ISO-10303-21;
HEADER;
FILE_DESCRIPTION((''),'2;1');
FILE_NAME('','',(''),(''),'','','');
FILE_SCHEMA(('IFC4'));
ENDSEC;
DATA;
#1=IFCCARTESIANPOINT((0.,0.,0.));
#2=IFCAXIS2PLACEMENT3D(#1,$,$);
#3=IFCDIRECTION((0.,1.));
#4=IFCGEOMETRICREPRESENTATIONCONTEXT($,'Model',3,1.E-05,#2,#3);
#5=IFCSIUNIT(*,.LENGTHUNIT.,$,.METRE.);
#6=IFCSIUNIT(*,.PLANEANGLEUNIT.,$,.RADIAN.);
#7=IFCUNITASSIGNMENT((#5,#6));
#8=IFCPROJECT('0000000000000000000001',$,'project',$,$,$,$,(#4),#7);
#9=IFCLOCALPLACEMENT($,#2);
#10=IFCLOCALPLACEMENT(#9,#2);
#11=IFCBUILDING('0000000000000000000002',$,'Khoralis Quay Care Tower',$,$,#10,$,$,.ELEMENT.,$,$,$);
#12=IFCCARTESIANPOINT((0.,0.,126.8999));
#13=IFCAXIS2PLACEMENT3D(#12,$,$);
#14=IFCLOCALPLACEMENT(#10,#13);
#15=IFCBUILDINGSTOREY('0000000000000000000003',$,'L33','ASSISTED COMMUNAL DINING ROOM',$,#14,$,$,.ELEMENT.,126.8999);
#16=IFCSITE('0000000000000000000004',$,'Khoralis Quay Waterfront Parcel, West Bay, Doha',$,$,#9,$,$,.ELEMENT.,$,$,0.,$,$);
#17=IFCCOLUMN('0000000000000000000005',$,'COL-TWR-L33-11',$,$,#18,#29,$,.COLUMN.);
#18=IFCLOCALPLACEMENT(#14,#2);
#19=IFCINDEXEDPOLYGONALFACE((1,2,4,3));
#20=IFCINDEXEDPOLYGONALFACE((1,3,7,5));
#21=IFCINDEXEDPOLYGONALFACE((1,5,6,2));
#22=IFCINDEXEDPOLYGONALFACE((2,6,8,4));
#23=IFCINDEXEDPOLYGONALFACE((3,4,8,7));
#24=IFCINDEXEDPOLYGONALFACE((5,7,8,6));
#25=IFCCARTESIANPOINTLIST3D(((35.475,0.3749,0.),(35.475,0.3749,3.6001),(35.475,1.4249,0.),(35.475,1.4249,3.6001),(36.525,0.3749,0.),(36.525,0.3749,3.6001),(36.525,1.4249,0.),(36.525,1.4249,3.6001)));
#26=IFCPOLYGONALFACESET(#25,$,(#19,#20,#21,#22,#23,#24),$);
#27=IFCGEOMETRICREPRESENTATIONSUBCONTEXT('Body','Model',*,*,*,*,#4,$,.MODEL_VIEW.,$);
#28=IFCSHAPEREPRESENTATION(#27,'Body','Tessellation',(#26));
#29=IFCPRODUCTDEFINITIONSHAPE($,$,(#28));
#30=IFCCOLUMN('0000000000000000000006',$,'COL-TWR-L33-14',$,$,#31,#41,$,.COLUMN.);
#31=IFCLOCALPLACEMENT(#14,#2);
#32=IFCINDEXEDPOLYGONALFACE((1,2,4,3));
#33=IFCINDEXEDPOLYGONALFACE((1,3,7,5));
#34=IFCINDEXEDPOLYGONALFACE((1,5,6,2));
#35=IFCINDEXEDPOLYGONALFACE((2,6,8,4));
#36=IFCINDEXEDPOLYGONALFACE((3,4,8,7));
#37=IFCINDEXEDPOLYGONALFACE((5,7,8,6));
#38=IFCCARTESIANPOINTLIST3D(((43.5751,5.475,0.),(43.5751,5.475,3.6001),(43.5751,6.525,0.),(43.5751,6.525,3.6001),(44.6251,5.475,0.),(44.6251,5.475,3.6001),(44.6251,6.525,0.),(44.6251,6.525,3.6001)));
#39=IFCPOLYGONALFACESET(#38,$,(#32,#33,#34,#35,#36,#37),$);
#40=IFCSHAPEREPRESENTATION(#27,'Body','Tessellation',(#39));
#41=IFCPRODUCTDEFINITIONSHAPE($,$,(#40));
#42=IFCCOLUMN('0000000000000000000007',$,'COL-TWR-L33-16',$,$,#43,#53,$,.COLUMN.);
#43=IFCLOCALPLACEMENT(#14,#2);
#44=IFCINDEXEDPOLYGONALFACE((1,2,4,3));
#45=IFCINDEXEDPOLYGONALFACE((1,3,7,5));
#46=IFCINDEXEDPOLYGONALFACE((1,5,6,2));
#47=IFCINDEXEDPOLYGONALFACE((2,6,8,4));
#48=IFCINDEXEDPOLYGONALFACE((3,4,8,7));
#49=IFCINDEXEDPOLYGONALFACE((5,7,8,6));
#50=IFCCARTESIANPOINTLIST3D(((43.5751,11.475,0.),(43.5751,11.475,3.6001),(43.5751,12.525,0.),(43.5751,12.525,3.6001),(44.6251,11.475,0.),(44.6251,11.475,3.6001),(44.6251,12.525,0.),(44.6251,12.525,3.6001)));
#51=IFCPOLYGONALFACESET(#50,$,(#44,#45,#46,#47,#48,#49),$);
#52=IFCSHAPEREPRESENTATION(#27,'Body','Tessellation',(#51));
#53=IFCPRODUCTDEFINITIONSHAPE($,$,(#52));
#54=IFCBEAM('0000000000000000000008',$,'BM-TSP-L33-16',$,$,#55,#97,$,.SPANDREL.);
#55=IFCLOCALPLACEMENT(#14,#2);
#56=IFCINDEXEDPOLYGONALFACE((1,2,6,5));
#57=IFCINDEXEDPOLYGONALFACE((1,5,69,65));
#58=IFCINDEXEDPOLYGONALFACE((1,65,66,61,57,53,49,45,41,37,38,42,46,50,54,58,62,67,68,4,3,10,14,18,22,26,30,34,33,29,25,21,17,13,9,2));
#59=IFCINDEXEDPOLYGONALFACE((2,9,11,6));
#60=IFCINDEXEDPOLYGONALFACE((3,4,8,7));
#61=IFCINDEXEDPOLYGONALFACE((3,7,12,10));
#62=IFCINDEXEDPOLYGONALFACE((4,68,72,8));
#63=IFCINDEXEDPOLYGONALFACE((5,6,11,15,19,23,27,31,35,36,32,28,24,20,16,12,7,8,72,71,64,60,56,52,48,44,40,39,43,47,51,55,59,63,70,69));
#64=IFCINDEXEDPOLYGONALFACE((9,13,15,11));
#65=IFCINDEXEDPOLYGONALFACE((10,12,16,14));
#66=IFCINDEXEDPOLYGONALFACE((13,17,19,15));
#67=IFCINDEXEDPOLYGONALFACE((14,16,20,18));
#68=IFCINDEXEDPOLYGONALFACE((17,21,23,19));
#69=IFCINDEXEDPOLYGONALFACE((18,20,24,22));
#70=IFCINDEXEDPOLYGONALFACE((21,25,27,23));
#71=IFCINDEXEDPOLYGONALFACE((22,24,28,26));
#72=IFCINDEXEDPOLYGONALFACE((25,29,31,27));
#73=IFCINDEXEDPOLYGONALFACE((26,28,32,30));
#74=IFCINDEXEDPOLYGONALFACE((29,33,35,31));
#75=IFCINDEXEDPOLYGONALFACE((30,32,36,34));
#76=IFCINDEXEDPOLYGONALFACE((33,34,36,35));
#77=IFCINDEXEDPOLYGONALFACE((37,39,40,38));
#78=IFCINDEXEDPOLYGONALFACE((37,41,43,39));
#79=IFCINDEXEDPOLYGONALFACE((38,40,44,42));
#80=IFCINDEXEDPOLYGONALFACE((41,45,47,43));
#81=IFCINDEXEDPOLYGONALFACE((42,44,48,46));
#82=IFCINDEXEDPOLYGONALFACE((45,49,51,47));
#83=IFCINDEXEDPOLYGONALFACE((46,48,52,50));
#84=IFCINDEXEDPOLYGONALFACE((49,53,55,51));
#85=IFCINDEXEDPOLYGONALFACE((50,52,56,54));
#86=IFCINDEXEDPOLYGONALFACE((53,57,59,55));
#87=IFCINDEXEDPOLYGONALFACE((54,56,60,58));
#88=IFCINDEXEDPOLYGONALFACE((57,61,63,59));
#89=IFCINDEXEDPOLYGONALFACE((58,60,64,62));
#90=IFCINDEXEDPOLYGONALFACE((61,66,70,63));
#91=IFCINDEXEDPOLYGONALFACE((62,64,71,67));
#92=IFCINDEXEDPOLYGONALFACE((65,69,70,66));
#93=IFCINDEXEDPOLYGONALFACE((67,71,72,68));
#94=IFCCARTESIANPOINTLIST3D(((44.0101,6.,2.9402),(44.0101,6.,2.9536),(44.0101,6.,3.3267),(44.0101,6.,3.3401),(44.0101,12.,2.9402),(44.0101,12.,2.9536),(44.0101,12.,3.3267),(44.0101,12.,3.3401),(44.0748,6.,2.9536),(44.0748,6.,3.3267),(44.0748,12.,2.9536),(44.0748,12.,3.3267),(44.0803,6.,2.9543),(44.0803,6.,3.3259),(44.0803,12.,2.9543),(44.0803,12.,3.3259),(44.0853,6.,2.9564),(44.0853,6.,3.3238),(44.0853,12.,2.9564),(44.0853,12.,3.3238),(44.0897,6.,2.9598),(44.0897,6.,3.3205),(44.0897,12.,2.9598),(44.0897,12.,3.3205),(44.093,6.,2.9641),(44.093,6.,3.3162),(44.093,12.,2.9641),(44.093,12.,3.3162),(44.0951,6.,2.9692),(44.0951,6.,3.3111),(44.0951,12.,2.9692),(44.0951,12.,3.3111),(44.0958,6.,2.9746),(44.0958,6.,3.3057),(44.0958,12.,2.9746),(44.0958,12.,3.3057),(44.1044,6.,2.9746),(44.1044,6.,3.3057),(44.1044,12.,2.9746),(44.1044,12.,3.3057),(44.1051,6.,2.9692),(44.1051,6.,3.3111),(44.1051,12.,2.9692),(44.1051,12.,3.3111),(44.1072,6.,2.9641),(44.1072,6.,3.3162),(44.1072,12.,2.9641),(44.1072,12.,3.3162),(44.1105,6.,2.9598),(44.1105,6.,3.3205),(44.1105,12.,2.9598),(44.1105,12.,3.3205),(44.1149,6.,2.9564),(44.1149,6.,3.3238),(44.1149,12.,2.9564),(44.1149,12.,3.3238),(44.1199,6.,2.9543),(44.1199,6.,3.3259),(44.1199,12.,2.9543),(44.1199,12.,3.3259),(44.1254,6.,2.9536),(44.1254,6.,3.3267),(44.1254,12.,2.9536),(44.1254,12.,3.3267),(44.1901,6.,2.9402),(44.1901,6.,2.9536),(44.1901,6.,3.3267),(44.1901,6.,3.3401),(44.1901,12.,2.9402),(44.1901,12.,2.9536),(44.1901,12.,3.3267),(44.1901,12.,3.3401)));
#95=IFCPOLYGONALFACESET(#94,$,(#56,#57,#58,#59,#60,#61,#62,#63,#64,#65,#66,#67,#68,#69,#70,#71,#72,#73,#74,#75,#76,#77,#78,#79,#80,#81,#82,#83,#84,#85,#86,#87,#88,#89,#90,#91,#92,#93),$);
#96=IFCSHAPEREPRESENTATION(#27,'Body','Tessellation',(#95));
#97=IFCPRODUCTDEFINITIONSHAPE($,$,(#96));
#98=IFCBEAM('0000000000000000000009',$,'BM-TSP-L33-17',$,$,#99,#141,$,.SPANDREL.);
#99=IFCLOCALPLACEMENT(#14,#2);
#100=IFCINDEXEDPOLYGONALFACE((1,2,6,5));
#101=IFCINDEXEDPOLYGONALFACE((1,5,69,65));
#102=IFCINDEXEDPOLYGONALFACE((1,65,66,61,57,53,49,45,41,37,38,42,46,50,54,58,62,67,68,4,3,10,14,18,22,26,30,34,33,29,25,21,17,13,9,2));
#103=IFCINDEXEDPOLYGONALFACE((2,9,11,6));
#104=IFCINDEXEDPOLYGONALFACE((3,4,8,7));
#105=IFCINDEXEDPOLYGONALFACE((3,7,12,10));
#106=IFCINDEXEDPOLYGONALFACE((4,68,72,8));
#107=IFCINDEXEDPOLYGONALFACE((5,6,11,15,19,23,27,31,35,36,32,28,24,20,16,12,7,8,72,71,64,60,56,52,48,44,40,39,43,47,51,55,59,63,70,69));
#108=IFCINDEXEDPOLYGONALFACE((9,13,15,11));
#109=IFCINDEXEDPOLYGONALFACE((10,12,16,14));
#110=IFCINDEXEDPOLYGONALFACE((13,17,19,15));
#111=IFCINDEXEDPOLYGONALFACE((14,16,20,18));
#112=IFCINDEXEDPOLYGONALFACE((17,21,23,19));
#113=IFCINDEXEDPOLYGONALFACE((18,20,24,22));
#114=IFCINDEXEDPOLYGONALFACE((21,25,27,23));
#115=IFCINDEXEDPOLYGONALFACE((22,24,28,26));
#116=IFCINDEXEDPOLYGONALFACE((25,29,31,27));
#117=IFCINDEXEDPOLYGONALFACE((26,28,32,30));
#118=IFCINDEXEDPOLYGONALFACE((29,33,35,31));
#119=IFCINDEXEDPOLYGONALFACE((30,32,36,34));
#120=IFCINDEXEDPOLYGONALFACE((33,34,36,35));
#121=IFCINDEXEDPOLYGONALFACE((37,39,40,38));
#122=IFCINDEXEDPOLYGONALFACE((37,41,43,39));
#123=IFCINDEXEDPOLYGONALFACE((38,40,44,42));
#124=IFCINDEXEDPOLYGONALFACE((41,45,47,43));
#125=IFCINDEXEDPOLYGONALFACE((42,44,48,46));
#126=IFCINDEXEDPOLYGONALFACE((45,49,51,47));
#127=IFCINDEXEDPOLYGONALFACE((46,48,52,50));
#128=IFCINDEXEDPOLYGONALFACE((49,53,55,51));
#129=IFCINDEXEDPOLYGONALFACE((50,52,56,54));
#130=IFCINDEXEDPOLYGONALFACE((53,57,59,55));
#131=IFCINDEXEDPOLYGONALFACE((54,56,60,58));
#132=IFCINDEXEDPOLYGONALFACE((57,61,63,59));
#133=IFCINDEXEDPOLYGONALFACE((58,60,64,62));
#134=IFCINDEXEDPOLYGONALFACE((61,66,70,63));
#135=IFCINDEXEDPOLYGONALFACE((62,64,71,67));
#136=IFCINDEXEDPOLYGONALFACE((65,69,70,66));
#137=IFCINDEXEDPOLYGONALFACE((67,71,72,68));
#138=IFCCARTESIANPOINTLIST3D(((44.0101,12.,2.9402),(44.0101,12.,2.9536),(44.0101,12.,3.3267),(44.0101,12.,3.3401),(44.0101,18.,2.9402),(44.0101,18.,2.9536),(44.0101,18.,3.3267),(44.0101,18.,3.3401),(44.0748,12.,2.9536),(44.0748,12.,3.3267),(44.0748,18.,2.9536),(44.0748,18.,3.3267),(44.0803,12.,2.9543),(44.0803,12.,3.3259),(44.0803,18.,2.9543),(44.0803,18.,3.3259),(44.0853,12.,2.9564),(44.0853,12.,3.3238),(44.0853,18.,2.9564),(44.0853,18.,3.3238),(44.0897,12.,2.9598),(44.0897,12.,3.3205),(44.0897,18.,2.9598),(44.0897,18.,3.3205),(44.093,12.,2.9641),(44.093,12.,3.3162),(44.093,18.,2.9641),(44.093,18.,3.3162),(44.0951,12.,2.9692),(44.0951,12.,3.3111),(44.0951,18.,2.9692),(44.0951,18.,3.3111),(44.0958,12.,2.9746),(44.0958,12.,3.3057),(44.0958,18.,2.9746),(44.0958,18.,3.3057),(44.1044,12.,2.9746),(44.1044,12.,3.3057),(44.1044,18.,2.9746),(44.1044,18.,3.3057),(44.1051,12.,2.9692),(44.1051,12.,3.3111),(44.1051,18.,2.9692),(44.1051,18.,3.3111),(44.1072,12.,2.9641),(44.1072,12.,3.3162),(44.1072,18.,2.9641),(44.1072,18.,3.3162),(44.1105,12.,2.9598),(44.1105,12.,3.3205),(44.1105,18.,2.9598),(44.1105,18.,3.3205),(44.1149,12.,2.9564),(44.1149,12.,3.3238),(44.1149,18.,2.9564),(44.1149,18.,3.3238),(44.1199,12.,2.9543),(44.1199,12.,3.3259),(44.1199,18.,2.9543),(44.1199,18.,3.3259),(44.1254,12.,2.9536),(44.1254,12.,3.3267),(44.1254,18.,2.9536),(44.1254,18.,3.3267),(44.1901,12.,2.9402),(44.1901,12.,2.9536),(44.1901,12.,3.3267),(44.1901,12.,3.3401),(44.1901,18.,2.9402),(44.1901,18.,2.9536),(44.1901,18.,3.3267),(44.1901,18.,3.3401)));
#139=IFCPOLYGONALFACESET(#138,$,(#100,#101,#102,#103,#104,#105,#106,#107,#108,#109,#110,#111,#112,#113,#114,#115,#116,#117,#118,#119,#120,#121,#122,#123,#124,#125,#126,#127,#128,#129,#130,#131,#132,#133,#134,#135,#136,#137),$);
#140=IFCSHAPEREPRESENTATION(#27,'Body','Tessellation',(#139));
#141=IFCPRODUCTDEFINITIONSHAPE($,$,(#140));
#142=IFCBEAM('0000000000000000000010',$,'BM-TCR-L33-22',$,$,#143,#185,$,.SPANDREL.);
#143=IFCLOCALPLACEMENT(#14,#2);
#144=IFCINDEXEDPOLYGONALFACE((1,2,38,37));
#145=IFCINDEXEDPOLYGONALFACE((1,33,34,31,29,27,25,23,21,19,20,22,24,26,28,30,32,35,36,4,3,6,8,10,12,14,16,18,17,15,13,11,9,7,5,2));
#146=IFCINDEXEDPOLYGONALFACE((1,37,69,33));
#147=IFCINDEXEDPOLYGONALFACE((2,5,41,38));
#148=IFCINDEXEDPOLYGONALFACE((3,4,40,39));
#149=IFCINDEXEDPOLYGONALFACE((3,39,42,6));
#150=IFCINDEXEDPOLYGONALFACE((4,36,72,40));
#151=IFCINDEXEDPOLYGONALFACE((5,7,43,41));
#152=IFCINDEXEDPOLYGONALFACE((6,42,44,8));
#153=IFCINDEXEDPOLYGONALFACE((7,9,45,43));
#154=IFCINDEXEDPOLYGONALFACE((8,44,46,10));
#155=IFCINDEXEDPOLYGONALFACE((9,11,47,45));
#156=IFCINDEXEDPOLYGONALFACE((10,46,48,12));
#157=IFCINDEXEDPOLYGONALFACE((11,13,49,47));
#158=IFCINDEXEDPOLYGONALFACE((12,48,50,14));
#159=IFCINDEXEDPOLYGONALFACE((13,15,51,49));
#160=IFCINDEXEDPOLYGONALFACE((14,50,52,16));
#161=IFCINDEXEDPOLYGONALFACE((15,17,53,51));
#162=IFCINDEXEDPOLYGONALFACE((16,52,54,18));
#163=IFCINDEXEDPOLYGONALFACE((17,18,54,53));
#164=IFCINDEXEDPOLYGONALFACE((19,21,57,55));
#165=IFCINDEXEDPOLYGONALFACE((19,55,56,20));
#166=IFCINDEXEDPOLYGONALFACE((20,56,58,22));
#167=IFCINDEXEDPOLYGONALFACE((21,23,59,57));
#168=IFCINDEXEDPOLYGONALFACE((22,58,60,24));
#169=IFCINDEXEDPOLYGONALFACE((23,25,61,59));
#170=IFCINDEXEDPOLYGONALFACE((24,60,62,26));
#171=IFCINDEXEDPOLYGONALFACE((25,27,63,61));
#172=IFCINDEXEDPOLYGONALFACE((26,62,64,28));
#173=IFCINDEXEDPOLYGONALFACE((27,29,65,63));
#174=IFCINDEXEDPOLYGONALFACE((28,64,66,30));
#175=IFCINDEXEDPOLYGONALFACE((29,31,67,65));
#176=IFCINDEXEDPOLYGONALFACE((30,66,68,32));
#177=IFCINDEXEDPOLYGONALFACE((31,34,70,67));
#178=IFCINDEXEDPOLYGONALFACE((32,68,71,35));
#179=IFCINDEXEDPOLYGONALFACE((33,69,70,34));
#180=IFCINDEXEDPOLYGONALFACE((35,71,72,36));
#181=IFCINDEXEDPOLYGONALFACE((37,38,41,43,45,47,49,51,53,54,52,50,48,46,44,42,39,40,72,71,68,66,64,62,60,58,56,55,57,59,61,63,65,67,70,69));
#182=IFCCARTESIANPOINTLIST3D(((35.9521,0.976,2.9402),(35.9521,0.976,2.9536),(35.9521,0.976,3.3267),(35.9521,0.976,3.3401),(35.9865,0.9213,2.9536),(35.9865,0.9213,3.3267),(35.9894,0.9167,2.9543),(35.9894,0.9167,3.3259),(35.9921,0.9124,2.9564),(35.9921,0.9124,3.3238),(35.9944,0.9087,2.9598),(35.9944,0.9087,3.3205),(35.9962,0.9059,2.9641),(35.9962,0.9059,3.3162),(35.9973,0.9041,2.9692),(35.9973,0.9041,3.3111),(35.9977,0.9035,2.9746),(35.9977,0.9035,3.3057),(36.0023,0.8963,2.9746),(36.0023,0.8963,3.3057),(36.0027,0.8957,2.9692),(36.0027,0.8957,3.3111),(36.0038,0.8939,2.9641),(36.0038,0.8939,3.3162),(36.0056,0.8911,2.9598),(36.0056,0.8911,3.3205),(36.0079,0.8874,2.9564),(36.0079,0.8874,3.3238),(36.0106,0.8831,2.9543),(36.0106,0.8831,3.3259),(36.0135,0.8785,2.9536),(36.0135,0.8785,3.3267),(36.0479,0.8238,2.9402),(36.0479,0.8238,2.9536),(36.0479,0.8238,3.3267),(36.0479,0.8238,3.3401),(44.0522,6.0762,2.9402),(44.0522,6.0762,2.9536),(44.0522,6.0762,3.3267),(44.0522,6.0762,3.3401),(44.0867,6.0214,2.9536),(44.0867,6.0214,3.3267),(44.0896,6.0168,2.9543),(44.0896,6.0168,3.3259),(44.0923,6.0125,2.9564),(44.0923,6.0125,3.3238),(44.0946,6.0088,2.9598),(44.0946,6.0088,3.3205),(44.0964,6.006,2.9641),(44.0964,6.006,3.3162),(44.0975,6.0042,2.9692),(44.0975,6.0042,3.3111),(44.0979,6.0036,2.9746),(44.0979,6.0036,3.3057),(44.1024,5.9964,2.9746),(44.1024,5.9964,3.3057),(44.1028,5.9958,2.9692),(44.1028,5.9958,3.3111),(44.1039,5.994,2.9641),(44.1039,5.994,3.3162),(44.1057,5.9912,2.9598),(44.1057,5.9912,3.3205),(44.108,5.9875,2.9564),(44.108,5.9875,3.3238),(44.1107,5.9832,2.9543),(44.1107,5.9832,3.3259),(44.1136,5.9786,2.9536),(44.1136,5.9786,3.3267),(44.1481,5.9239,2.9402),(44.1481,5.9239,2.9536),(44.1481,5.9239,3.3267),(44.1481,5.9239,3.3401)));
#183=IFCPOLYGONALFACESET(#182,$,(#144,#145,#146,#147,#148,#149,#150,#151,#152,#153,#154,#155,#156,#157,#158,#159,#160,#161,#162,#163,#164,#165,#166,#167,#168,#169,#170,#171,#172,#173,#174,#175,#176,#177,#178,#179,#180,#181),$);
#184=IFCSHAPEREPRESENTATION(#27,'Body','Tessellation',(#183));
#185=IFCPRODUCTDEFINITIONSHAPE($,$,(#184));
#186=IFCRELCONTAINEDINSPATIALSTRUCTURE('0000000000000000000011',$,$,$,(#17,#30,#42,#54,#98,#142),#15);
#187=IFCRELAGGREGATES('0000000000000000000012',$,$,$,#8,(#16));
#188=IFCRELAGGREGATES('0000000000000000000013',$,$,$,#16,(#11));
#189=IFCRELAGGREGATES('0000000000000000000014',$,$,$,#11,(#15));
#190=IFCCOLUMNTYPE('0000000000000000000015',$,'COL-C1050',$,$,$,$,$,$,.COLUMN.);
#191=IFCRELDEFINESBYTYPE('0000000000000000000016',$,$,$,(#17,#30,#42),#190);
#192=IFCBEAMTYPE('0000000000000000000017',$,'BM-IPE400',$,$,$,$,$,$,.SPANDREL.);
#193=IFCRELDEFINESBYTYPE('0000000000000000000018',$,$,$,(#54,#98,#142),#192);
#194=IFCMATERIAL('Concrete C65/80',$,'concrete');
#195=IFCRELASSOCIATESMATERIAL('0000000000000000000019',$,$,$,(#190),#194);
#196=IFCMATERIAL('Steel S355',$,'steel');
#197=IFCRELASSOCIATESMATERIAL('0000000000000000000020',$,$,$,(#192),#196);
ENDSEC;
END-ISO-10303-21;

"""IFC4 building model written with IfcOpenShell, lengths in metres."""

from ifc_helpers import new_model, si_unit, direction, frame, origin, origin_2d, place, context, subcontext, project, spatial, rectangle, i_section, extrude, source, transform, mapped, material, material_profile, profile_set, type_object, element, save


model = new_model("IFC4")

# Units and contexts
model_context = context("Model", 3, precision=1e-05, world=origin(), true_north=direction((0.0, 1.0)))
body_context = subcontext(model_context, "Body", "Model", "MODEL_VIEW")
ifc_project = project(units=[si_unit("LENGTHUNIT", "METRE"), si_unit("PLANEANGLEUNIT", "RADIAN")], contexts=[model_context])

# Site, building, storey
site_placement = place(None, origin())
site = spatial("IfcSite", under=ifc_project, at=site_placement, Name="Khoralis Quay Waterfront Parcel, West Bay, Doha", CompositionType="ELEMENT", RefElevation=0.0)
building_placement = place(site_placement, origin())
building = spatial("IfcBuilding", under=site, at=building_placement, Name="Khoralis Quay Care Tower", CompositionType="ELEMENT")
storey_placement = place(building_placement, frame((0.0, 0.0, 126.8999)))
storey = spatial("IfcBuildingStorey", under=building, at=storey_placement, Name="L33", Description="ASSISTED COMMUNAL DINING ROOM", CompositionType="ELEMENT", Elevation=126.8999)

# Columns
ifc_material_1 = material(Name="Concrete C65/80", Category="concrete")
ifc_material_profile_1 = material_profile(ifc_material_1, rectangle(XDim=1.05, YDim=1.05, at=origin_2d()), Name="Concrete C65/80")
ifc_profile_set_1 = profile_set([ifc_material_profile_1], Name="Concrete C65/80")
column_type = type_object("IfcColumnType", Name="COL-C1050", PredefinedType="COLUMN", material=ifc_profile_set_1)
shared_shape_1 = source(origin(), body_context, "Body", "SweptSolid", [
    extrude(rectangle(XDim=1.05, YDim=1.05, at=origin_2d()), origin(), (0.0, 0.0, 1.0), 3.6001),
])
for number, where, z_axis, x_axis, name in (
    (1, (36.0, 0.8999, 0.0), (0.0, 0.0, 1.0), (1.0, 0.0, 0.0), "COL-TWR-L33-11"),
    (2, (44.1001, 6.0, 0.0), (0.0, 0.0, 1.0), (1.0, 0.0, 0.0), "COL-TWR-L33-14"),
    (3, (44.1001, 12.0, 0.0), (0.0, 0.0, 1.0), (1.0, 0.0, 0.0), "COL-TWR-L33-16"),
):
    element("IfcColumn", number, at=place(storey_placement, frame(where, z_axis=z_axis, x_axis=x_axis)), inside=storey, type_object=column_type, Name=name, PredefinedType="COLUMN", context=body_context, shape_type="MappedRepresentation", body=[
        mapped(shared_shape_1, transform((0.0, 0.0, 0.0), scale=1.0)),
    ])

# Beams
ifc_material_2 = material(Name="Steel S355", Category="steel")
ifc_material_profile_2 = material_profile(ifc_material_2, i_section(OverallWidth=0.1799, OverallDepth=0.3999, WebThickness=0.0085, FlangeThickness=0.0134, FilletRadius=0.021, at=origin_2d()), Name="Steel S355")
ifc_profile_set_2 = profile_set([ifc_material_profile_2], Name="Steel S355")
beam_type_1 = type_object("IfcBeamType", Name="BM-IPE400", PredefinedType="SPANDREL", material=ifc_profile_set_2)
shared_shape_2 = source(origin(), body_context, "Body", "SweptSolid", [
    extrude(i_section(OverallWidth=0.1799, OverallDepth=0.3999, WebThickness=0.0085, FlangeThickness=0.0134, FilletRadius=0.021, at=origin_2d()), origin(), (0.0, 0.0, 1.0), 6.0),
])
for number, where, z_axis, x_axis, name in (
    (4, (44.1001, 6.0, 3.1401), (0.0, 1.0, 0.0), (-1.0, 0.0, 0.0), "BM-TSP-L33-16"),
    (5, (44.1001, 12.0, 3.1401), (0.0, 1.0, 0.0), (-1.0, 0.0, 0.0), "BM-TSP-L33-17"),
):
    element("IfcBeam", number, at=place(storey_placement, frame(where, z_axis=z_axis, x_axis=x_axis)), inside=storey, type_object=beam_type_1, Name=name, PredefinedType="SPANDREL", context=body_context, shape_type="MappedRepresentation", body=[
        mapped(shared_shape_2, transform((0.0, 0.0, 0.0), scale=1.0)),
    ])
shared_shape_3 = source(origin(), body_context, "Body", "SweptSolid", [
    extrude(i_section(OverallWidth=0.1799, OverallDepth=0.3999, WebThickness=0.0085, FlangeThickness=0.0134, FilletRadius=0.021, at=origin_2d()), origin(), (0.0, 0.0, 1.0), 9.572),
])
beam_1_placement = place(storey_placement, frame((36.0, 0.8999, 3.1401), z_axis=(0.846231, 0.532816, 0.0), x_axis=(-0.532816, 0.846231, 0.0)))
element("IfcBeam", 6, at=beam_1_placement, inside=storey, type_object=beam_type_1, Name="BM-TCR-L33-22", PredefinedType="SPANDREL", context=body_context, shape_type="MappedRepresentation", body=[
    mapped(shared_shape_3, transform((0.0, 0.0, 0.0), scale=1.0)),
])

save(model, "model.ifc")
